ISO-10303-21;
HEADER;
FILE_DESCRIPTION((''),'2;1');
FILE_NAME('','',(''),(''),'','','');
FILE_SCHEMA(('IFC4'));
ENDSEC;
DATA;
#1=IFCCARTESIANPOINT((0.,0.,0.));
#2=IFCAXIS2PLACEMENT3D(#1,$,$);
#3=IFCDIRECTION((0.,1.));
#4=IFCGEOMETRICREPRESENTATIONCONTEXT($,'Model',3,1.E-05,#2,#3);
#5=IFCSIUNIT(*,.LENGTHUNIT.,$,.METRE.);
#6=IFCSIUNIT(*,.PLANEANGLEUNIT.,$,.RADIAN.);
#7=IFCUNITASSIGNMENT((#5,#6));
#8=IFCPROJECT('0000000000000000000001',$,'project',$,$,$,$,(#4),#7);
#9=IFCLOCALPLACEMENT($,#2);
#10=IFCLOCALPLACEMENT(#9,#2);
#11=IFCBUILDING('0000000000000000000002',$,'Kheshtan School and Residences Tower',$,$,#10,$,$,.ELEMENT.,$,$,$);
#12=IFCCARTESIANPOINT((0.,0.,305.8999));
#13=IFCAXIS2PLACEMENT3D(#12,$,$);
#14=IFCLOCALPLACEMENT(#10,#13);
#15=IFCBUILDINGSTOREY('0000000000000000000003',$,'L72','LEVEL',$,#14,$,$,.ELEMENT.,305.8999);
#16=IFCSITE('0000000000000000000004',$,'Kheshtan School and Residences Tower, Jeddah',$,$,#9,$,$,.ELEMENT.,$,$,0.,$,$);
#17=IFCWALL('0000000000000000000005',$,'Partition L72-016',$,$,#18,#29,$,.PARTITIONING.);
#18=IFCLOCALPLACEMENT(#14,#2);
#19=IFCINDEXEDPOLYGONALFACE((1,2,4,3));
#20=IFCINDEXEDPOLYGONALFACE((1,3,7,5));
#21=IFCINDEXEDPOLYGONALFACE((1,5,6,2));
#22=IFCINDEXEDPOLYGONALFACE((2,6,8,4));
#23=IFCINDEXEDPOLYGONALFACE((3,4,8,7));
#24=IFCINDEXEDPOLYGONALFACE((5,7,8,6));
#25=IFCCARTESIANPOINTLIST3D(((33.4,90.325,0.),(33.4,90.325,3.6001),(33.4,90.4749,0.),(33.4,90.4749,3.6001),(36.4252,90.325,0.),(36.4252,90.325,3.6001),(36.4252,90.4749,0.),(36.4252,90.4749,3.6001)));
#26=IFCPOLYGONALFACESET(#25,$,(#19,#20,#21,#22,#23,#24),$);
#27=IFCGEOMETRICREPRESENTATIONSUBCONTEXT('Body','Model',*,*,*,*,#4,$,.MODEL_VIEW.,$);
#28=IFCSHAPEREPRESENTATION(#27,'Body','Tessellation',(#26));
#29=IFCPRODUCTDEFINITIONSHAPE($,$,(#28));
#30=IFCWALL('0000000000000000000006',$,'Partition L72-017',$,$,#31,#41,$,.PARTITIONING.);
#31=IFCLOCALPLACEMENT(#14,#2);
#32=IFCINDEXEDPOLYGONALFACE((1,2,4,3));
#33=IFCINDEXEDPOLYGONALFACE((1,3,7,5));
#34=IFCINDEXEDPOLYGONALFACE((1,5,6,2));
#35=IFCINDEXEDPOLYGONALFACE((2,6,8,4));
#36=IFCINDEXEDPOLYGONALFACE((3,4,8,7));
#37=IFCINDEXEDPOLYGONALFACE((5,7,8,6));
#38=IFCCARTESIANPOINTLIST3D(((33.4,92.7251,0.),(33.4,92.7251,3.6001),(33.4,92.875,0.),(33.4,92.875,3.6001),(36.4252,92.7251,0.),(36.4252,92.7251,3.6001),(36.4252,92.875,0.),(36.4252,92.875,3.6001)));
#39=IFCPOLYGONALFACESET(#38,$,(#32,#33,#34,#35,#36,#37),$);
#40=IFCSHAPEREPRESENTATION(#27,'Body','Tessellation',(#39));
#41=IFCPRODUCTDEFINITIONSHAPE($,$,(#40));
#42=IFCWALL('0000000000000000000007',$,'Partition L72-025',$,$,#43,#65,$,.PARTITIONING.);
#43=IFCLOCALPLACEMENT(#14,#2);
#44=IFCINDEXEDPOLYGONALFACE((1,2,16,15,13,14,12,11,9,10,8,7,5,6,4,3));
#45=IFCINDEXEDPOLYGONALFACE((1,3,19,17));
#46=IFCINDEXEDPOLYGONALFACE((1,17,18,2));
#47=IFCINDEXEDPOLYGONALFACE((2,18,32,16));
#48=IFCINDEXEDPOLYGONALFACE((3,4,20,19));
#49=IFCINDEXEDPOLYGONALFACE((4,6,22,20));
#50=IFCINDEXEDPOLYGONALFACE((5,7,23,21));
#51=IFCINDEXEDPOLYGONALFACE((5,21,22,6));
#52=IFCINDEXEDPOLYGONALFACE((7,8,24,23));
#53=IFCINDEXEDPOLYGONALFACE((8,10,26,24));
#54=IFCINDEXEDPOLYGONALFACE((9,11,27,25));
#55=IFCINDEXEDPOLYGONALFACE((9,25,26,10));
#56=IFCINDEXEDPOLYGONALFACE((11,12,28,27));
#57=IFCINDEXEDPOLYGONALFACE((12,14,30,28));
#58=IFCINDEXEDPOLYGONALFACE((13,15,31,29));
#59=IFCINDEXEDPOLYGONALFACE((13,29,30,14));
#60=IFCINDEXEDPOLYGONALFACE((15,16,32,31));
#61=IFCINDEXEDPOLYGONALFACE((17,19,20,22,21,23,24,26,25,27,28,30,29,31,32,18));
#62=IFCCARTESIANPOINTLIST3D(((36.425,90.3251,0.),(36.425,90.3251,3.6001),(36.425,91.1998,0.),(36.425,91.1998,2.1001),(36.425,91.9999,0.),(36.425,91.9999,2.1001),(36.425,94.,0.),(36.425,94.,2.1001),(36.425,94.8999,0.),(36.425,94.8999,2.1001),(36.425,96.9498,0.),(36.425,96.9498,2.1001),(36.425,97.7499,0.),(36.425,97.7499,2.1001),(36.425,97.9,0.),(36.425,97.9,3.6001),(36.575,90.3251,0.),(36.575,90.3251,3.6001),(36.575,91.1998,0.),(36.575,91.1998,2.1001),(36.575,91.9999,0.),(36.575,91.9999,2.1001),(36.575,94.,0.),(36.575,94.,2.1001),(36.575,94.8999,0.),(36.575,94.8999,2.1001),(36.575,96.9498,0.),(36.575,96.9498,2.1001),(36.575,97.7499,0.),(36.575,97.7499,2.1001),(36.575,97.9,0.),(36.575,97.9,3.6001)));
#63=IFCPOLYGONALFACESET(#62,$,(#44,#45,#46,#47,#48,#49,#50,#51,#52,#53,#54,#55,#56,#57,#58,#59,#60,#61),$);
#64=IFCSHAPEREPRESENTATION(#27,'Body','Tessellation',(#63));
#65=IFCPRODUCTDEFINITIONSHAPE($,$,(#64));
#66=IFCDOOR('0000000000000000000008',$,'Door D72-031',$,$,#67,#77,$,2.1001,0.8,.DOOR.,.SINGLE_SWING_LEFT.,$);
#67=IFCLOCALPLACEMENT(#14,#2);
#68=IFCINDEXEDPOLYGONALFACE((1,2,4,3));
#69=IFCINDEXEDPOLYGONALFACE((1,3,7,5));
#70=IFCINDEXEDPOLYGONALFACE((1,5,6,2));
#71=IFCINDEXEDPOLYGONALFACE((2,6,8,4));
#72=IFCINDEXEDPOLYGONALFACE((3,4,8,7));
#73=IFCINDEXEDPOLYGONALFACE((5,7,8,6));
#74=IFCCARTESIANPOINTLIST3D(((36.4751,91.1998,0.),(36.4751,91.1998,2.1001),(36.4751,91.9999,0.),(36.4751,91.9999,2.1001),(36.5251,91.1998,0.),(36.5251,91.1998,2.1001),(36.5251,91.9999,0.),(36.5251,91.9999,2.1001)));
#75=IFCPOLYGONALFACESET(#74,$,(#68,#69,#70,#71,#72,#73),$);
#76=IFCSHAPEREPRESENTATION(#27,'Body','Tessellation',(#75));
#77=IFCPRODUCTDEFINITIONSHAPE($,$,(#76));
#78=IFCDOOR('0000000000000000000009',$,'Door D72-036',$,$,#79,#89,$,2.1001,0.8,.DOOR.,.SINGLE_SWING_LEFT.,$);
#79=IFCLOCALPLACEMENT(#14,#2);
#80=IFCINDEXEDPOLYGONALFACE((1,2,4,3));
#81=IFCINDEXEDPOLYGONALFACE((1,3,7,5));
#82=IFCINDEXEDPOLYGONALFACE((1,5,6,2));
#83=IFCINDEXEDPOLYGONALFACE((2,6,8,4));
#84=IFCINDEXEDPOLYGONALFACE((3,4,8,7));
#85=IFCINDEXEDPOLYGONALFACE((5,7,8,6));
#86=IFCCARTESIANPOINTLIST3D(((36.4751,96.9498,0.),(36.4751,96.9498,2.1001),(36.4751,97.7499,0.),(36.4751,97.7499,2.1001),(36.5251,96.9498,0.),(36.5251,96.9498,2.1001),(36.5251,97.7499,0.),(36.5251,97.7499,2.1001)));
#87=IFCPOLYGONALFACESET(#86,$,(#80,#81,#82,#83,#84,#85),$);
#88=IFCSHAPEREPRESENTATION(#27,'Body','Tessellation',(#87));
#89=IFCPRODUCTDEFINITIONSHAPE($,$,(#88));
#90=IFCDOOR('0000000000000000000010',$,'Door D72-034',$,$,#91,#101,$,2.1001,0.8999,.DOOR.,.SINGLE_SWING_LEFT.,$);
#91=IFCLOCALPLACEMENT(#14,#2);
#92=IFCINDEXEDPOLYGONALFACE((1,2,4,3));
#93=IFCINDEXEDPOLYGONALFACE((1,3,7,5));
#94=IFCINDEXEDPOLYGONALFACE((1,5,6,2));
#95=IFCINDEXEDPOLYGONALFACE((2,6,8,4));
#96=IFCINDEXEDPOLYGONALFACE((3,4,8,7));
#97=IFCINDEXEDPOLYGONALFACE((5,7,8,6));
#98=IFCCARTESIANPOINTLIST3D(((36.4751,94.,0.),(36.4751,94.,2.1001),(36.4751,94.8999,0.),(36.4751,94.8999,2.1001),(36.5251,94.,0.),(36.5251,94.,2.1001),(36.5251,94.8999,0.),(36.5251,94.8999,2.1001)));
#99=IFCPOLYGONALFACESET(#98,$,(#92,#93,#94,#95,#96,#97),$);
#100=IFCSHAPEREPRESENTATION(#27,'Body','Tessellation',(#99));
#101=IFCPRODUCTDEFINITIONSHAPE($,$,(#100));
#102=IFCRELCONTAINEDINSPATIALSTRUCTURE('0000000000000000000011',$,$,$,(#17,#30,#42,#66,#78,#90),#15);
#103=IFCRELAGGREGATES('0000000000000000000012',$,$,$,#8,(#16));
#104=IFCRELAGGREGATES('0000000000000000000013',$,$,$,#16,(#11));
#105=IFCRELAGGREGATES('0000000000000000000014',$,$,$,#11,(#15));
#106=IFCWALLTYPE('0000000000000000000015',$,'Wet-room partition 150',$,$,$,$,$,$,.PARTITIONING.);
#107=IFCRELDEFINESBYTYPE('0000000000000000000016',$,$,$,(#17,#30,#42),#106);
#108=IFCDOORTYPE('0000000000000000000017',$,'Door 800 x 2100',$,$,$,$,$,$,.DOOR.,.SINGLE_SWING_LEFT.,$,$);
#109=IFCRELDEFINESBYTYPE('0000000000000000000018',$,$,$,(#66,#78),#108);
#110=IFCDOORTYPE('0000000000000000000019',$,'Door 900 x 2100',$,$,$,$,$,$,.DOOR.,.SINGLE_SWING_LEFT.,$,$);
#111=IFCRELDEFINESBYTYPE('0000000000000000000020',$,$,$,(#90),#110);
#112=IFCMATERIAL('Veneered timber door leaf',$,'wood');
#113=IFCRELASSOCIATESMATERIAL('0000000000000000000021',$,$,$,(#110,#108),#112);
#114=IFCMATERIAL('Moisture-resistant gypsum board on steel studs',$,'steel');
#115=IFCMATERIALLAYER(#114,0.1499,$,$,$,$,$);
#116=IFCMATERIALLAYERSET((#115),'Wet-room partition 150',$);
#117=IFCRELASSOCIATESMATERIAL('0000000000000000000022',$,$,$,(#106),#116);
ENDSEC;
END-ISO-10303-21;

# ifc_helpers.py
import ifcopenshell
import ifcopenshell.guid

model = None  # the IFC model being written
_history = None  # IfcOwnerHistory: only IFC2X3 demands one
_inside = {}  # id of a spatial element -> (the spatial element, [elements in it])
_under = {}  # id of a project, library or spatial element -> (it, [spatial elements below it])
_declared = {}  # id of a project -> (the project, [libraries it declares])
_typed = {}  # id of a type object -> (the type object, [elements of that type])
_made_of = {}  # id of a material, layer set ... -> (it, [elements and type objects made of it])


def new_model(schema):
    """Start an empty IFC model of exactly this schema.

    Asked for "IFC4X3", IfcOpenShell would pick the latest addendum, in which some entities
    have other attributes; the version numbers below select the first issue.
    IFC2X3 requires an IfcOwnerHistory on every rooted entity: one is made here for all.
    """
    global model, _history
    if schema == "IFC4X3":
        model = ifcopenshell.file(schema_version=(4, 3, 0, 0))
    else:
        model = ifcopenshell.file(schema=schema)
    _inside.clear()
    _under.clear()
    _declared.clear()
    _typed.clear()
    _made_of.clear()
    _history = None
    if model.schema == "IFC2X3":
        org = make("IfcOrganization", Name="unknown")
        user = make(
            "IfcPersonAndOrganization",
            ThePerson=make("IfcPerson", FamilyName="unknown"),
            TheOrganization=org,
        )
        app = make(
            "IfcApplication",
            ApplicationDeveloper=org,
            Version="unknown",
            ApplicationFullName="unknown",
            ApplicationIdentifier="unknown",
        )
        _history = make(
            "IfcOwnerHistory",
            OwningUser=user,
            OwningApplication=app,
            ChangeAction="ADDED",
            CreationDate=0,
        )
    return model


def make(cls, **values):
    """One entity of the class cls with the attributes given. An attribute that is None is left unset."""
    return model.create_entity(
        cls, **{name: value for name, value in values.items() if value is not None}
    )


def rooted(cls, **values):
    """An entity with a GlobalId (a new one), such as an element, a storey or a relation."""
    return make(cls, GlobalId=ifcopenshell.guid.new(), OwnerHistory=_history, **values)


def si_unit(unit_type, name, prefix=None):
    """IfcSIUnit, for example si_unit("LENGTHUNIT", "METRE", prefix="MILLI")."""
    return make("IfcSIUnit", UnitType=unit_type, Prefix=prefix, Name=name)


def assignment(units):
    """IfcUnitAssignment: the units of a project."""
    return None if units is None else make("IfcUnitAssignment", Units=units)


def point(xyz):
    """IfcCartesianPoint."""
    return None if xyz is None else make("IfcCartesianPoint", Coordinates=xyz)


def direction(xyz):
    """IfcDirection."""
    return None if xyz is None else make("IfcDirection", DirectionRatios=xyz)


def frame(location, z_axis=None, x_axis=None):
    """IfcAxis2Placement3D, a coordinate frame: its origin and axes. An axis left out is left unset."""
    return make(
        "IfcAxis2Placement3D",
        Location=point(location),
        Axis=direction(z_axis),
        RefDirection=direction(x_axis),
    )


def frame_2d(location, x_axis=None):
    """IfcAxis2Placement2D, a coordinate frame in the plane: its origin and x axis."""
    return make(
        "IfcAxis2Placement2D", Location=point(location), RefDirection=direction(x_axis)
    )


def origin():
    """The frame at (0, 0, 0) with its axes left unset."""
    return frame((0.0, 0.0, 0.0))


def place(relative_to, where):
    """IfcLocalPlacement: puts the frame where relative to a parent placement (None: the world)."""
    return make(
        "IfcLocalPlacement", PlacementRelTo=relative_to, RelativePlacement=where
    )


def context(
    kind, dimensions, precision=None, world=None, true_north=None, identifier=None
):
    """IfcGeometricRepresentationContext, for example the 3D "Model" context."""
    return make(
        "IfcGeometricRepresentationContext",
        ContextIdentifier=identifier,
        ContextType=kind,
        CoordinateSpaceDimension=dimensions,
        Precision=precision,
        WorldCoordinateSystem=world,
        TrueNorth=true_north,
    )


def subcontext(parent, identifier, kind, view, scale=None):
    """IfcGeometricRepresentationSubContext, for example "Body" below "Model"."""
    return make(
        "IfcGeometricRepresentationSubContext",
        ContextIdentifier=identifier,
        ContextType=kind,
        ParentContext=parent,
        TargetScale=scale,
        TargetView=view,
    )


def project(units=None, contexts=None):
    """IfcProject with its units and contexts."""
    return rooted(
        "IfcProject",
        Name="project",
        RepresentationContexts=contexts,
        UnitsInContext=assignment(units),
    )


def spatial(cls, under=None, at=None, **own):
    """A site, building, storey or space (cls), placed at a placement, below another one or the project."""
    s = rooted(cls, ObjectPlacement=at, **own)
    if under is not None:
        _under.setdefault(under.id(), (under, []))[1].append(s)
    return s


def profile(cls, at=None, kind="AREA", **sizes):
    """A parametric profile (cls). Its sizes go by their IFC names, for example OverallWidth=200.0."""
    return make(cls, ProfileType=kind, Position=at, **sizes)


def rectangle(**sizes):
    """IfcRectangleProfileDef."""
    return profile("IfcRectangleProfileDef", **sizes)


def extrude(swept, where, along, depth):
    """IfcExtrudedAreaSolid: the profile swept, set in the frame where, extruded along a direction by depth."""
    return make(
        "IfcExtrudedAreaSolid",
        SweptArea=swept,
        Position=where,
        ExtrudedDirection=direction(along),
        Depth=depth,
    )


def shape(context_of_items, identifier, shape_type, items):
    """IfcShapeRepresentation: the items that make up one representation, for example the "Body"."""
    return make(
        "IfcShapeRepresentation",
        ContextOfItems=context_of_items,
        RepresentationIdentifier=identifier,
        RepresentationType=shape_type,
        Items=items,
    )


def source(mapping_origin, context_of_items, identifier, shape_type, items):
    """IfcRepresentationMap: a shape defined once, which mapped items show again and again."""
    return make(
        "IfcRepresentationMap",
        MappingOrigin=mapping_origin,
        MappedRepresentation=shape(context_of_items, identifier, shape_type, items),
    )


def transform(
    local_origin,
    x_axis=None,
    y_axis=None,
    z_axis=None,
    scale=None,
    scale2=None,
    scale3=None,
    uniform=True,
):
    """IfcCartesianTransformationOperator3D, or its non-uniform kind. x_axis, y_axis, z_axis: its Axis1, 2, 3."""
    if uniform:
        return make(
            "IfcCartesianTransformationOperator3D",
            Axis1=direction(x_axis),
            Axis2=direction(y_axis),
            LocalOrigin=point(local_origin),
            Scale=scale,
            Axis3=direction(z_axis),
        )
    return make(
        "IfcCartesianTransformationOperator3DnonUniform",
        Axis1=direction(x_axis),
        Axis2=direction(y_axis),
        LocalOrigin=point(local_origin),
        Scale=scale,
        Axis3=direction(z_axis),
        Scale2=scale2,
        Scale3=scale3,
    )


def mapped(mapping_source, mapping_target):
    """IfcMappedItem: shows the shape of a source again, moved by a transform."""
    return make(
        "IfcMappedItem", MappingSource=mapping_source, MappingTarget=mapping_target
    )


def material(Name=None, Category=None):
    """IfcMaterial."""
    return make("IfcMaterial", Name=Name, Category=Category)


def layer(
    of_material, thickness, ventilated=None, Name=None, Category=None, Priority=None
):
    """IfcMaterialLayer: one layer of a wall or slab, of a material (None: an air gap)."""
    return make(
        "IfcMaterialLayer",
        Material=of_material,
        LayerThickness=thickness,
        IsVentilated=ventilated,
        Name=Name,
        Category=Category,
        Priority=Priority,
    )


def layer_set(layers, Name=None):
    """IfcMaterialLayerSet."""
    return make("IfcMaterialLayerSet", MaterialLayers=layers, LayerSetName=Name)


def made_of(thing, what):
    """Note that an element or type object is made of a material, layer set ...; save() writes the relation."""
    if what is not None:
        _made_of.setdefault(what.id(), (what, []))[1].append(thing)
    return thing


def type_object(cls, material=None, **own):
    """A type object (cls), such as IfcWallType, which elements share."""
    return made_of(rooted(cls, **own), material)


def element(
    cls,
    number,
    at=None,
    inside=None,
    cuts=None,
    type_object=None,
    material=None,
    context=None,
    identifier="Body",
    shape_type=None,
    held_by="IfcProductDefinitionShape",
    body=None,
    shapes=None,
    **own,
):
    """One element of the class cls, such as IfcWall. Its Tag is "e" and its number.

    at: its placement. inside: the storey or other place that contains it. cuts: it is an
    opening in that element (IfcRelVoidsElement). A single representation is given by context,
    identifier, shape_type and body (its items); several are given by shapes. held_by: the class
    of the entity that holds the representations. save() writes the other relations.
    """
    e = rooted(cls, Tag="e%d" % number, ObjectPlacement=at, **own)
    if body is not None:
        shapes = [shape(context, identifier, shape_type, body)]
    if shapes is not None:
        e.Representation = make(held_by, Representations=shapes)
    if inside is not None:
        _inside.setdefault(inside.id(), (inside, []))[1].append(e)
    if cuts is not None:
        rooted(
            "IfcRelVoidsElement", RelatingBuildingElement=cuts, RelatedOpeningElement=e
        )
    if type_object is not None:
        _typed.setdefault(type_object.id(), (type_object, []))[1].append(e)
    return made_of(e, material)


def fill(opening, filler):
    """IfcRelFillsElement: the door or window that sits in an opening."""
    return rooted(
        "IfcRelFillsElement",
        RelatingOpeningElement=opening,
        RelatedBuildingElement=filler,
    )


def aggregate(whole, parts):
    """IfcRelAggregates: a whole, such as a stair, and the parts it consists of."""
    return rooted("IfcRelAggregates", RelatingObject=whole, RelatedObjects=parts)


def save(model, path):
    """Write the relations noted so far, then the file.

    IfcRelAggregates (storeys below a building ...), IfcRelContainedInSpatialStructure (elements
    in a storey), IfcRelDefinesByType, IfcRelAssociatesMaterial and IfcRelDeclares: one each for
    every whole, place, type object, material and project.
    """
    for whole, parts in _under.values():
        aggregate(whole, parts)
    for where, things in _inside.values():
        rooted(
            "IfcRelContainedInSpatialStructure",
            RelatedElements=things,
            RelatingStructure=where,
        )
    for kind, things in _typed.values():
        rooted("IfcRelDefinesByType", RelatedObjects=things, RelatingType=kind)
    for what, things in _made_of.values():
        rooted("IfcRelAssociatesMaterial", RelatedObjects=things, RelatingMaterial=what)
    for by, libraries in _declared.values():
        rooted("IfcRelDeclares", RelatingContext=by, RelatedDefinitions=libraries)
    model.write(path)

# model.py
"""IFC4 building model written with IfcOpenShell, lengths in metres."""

from ifc_helpers import new_model, si_unit, direction, frame, frame_2d, origin, place, context, subcontext, project, spatial, rectangle, extrude, source, transform, mapped, material, layer, layer_set, type_object, element, fill, save


model = new_model("IFC4")

# Units and contexts
model_context = context("Model", 3, precision=1e-05, world=origin(), true_north=direction((0.0, 1.0)))
body_context = subcontext(model_context, "Body", "Model", "MODEL_VIEW")
ifc_project = project(units=[si_unit("LENGTHUNIT", "METRE"), si_unit("PLANEANGLEUNIT", "RADIAN")], contexts=[model_context])

# Site, building, storey
site_placement = place(None, origin())
site = spatial("IfcSite", under=ifc_project, at=site_placement, Name="Kheshtan School and Residences Tower, Jeddah", CompositionType="ELEMENT", RefElevation=0.0)
building_placement = place(site_placement, origin())
building = spatial("IfcBuilding", under=site, at=building_placement, Name="Kheshtan School and Residences Tower", CompositionType="ELEMENT")
storey_placement = place(building_placement, frame((0.0, 0.0, 305.8999)))
storey = spatial("IfcBuildingStorey", under=building, at=storey_placement, Name="L72", Description="LEVEL", CompositionType="ELEMENT", Elevation=305.8999)

# Shared definitions
ifc_material_1 = material(Name="Veneered timber door leaf", Category="wood")
door_type_1 = type_object("IfcDoorType", Name="Door 900 x 2100", OperationType="SINGLE_SWING_LEFT", PredefinedType="DOOR", material=ifc_material_1)
shared_shape_1 = source(origin(), body_context, "Body", "SweptSolid", [
    extrude(rectangle(XDim=0.8999, YDim=2.1001, at=frame_2d((0.45, 1.05))), frame((0.0, 0.0249, 0.0), z_axis=(0.0, -1.0, 0.0), x_axis=(1.0, 0.0, 0.0)), (0.0, 0.0, 1.0), 0.05),
])

# Walls
ifc_material_2 = material(Name="Moisture-resistant gypsum board on steel studs", Category="steel")
ifc_layer_1 = layer(ifc_material_2, 0.1499)
ifc_layer_set_1 = layer_set([ifc_layer_1], Name="Wet-room partition 150")
wall_type_1 = type_object("IfcWallType", Name="Wet-room partition 150", PredefinedType="PARTITIONING", material=ifc_layer_set_1)
for number, where, z_axis, x_axis, name in (
    (1, (33.3999, 90.3999, 0.0), (0.0, 0.0, 1.0), (1.0, 0.0, 0.0), "Partition L72-016"),
    (2, (33.3999, 92.8, 0.0), (0.0, 0.0, 1.0), (1.0, 0.0, 0.0), "Partition L72-017"),
):
    element("IfcWall", number, at=place(storey_placement, frame(where, z_axis=z_axis, x_axis=x_axis)), inside=storey, type_object=wall_type_1, Name=name, PredefinedType="PARTITIONING", context=body_context, shape_type="SweptSolid", body=[
        extrude(rectangle(XDim=3.0251, YDim=0.1499, at=frame_2d((1.5127, 0.0))), origin(), (0.0, 0.0, 1.0), 3.6001),
    ])

# Wall, openings, doors
wall_1_placement = place(storey_placement, frame((36.5, 90.325, 0.0), z_axis=(0.0, 0.0, 1.0), x_axis=(0.0, 1.0, 0.0)))
wall_1 = element("IfcWall", 3, at=wall_1_placement, inside=storey, type_object=wall_type_1, Name="Partition L72-025", PredefinedType="PARTITIONING", context=body_context, shape_type="SweptSolid", body=[
    extrude(rectangle(XDim=7.575, YDim=0.1499, at=frame_2d((3.7876, 0.0))), origin(), (0.0, 0.0, 1.0), 3.6001),
])
opening_1_placement = place(wall_1_placement, frame((0.875, 0.0, 0.0)))
opening_1 = element("IfcOpeningElement", 4, at=opening_1_placement, cuts=wall_1, PredefinedType="OPENING", context=body_context, shape_type="SweptSolid", body=[
    extrude(rectangle(XDim=0.8, YDim=2.1001, at=frame_2d((0.3999, 1.05))), frame((0.0, 0.085, 0.0), z_axis=(0.0, -1.0, 0.0), x_axis=(1.0, 0.0, 0.0)), (0.0, 0.0, 1.0), 0.1699),
])
opening_2_placement = place(wall_1_placement, frame((3.675, 0.0, 0.0)))
opening_2 = element("IfcOpeningElement", 5, at=opening_2_placement, cuts=wall_1, PredefinedType="OPENING", context=body_context, shape_type="SweptSolid", body=[
    extrude(rectangle(XDim=0.8999, YDim=2.1001, at=frame_2d((0.45, 1.05))), frame((0.0, 0.085, 0.0), z_axis=(0.0, -1.0, 0.0), x_axis=(1.0, 0.0, 0.0)), (0.0, 0.0, 1.0), 0.1699),
])
opening_3_placement = place(wall_1_placement, frame((6.625, 0.0, 0.0)))
opening_3 = element("IfcOpeningElement", 6, at=opening_3_placement, cuts=wall_1, PredefinedType="OPENING", context=body_context, shape_type="SweptSolid", body=[
    extrude(rectangle(XDim=0.8, YDim=2.1001, at=frame_2d((0.3999, 1.05))), frame((0.0, 0.085, 0.0), z_axis=(0.0, -1.0, 0.0), x_axis=(1.0, 0.0, 0.0)), (0.0, 0.0, 1.0), 0.1699),
])
door_type_2 = type_object("IfcDoorType", Name="Door 800 x 2100", OperationType="SINGLE_SWING_LEFT", PredefinedType="DOOR", material=ifc_material_1)
shared_shape_2 = source(origin(), body_context, "Body", "SweptSolid", [
    extrude(rectangle(XDim=0.8, YDim=2.1001, at=frame_2d((0.3999, 1.05))), frame((0.0, 0.0249, 0.0), z_axis=(0.0, -1.0, 0.0), x_axis=(1.0, 0.0, 0.0)), (0.0, 0.0, 1.0), 0.05),
])
door_1_placement = place(opening_1_placement, origin())
door_1 = element("IfcDoor", 7, at=door_1_placement, inside=storey, type_object=door_type_2, Name="Door D72-031", OperationType="SINGLE_SWING_LEFT", OverallHeight=2.1001, OverallWidth=0.8, PredefinedType="DOOR", context=body_context, shape_type="MappedRepresentation", body=[
    mapped(shared_shape_2, transform((0.0, 0.0, 0.0), x_axis=(1.0, 0.0, 0.0), y_axis=(0.0, 1.0, 0.0), z_axis=(0.0, 0.0, 1.0), scale=1.0)),
])
fill(opening_1, door_1)
door_2_placement = place(opening_3_placement, origin())
door_2 = element("IfcDoor", 8, at=door_2_placement, inside=storey, type_object=door_type_2, Name="Door D72-036", OperationType="SINGLE_SWING_LEFT", OverallHeight=2.1001, OverallWidth=0.8, PredefinedType="DOOR", context=body_context, shape_type="MappedRepresentation", body=[
    mapped(shared_shape_2, transform((0.0, 0.0, 0.0), x_axis=(1.0, 0.0, 0.0), y_axis=(0.0, 1.0, 0.0), z_axis=(0.0, 0.0, 1.0), scale=1.0)),
])
fill(opening_3, door_2)
door_3_placement = place(opening_2_placement, origin())
door_3 = element("IfcDoor", 9, at=door_3_placement, inside=storey, type_object=door_type_1, Name="Door D72-034", OperationType="SINGLE_SWING_LEFT", OverallHeight=2.1001, OverallWidth=0.8999, PredefinedType="DOOR", context=body_context, shape_type="MappedRepresentation", body=[
    mapped(shared_shape_1, transform((0.0, 0.0, 0.0), x_axis=(1.0, 0.0, 0.0), y_axis=(0.0, 1.0, 0.0), z_axis=(0.0, 0.0, 1.0), scale=1.0)),
])
fill(opening_2, door_3)

save(model, "model.ifc")
